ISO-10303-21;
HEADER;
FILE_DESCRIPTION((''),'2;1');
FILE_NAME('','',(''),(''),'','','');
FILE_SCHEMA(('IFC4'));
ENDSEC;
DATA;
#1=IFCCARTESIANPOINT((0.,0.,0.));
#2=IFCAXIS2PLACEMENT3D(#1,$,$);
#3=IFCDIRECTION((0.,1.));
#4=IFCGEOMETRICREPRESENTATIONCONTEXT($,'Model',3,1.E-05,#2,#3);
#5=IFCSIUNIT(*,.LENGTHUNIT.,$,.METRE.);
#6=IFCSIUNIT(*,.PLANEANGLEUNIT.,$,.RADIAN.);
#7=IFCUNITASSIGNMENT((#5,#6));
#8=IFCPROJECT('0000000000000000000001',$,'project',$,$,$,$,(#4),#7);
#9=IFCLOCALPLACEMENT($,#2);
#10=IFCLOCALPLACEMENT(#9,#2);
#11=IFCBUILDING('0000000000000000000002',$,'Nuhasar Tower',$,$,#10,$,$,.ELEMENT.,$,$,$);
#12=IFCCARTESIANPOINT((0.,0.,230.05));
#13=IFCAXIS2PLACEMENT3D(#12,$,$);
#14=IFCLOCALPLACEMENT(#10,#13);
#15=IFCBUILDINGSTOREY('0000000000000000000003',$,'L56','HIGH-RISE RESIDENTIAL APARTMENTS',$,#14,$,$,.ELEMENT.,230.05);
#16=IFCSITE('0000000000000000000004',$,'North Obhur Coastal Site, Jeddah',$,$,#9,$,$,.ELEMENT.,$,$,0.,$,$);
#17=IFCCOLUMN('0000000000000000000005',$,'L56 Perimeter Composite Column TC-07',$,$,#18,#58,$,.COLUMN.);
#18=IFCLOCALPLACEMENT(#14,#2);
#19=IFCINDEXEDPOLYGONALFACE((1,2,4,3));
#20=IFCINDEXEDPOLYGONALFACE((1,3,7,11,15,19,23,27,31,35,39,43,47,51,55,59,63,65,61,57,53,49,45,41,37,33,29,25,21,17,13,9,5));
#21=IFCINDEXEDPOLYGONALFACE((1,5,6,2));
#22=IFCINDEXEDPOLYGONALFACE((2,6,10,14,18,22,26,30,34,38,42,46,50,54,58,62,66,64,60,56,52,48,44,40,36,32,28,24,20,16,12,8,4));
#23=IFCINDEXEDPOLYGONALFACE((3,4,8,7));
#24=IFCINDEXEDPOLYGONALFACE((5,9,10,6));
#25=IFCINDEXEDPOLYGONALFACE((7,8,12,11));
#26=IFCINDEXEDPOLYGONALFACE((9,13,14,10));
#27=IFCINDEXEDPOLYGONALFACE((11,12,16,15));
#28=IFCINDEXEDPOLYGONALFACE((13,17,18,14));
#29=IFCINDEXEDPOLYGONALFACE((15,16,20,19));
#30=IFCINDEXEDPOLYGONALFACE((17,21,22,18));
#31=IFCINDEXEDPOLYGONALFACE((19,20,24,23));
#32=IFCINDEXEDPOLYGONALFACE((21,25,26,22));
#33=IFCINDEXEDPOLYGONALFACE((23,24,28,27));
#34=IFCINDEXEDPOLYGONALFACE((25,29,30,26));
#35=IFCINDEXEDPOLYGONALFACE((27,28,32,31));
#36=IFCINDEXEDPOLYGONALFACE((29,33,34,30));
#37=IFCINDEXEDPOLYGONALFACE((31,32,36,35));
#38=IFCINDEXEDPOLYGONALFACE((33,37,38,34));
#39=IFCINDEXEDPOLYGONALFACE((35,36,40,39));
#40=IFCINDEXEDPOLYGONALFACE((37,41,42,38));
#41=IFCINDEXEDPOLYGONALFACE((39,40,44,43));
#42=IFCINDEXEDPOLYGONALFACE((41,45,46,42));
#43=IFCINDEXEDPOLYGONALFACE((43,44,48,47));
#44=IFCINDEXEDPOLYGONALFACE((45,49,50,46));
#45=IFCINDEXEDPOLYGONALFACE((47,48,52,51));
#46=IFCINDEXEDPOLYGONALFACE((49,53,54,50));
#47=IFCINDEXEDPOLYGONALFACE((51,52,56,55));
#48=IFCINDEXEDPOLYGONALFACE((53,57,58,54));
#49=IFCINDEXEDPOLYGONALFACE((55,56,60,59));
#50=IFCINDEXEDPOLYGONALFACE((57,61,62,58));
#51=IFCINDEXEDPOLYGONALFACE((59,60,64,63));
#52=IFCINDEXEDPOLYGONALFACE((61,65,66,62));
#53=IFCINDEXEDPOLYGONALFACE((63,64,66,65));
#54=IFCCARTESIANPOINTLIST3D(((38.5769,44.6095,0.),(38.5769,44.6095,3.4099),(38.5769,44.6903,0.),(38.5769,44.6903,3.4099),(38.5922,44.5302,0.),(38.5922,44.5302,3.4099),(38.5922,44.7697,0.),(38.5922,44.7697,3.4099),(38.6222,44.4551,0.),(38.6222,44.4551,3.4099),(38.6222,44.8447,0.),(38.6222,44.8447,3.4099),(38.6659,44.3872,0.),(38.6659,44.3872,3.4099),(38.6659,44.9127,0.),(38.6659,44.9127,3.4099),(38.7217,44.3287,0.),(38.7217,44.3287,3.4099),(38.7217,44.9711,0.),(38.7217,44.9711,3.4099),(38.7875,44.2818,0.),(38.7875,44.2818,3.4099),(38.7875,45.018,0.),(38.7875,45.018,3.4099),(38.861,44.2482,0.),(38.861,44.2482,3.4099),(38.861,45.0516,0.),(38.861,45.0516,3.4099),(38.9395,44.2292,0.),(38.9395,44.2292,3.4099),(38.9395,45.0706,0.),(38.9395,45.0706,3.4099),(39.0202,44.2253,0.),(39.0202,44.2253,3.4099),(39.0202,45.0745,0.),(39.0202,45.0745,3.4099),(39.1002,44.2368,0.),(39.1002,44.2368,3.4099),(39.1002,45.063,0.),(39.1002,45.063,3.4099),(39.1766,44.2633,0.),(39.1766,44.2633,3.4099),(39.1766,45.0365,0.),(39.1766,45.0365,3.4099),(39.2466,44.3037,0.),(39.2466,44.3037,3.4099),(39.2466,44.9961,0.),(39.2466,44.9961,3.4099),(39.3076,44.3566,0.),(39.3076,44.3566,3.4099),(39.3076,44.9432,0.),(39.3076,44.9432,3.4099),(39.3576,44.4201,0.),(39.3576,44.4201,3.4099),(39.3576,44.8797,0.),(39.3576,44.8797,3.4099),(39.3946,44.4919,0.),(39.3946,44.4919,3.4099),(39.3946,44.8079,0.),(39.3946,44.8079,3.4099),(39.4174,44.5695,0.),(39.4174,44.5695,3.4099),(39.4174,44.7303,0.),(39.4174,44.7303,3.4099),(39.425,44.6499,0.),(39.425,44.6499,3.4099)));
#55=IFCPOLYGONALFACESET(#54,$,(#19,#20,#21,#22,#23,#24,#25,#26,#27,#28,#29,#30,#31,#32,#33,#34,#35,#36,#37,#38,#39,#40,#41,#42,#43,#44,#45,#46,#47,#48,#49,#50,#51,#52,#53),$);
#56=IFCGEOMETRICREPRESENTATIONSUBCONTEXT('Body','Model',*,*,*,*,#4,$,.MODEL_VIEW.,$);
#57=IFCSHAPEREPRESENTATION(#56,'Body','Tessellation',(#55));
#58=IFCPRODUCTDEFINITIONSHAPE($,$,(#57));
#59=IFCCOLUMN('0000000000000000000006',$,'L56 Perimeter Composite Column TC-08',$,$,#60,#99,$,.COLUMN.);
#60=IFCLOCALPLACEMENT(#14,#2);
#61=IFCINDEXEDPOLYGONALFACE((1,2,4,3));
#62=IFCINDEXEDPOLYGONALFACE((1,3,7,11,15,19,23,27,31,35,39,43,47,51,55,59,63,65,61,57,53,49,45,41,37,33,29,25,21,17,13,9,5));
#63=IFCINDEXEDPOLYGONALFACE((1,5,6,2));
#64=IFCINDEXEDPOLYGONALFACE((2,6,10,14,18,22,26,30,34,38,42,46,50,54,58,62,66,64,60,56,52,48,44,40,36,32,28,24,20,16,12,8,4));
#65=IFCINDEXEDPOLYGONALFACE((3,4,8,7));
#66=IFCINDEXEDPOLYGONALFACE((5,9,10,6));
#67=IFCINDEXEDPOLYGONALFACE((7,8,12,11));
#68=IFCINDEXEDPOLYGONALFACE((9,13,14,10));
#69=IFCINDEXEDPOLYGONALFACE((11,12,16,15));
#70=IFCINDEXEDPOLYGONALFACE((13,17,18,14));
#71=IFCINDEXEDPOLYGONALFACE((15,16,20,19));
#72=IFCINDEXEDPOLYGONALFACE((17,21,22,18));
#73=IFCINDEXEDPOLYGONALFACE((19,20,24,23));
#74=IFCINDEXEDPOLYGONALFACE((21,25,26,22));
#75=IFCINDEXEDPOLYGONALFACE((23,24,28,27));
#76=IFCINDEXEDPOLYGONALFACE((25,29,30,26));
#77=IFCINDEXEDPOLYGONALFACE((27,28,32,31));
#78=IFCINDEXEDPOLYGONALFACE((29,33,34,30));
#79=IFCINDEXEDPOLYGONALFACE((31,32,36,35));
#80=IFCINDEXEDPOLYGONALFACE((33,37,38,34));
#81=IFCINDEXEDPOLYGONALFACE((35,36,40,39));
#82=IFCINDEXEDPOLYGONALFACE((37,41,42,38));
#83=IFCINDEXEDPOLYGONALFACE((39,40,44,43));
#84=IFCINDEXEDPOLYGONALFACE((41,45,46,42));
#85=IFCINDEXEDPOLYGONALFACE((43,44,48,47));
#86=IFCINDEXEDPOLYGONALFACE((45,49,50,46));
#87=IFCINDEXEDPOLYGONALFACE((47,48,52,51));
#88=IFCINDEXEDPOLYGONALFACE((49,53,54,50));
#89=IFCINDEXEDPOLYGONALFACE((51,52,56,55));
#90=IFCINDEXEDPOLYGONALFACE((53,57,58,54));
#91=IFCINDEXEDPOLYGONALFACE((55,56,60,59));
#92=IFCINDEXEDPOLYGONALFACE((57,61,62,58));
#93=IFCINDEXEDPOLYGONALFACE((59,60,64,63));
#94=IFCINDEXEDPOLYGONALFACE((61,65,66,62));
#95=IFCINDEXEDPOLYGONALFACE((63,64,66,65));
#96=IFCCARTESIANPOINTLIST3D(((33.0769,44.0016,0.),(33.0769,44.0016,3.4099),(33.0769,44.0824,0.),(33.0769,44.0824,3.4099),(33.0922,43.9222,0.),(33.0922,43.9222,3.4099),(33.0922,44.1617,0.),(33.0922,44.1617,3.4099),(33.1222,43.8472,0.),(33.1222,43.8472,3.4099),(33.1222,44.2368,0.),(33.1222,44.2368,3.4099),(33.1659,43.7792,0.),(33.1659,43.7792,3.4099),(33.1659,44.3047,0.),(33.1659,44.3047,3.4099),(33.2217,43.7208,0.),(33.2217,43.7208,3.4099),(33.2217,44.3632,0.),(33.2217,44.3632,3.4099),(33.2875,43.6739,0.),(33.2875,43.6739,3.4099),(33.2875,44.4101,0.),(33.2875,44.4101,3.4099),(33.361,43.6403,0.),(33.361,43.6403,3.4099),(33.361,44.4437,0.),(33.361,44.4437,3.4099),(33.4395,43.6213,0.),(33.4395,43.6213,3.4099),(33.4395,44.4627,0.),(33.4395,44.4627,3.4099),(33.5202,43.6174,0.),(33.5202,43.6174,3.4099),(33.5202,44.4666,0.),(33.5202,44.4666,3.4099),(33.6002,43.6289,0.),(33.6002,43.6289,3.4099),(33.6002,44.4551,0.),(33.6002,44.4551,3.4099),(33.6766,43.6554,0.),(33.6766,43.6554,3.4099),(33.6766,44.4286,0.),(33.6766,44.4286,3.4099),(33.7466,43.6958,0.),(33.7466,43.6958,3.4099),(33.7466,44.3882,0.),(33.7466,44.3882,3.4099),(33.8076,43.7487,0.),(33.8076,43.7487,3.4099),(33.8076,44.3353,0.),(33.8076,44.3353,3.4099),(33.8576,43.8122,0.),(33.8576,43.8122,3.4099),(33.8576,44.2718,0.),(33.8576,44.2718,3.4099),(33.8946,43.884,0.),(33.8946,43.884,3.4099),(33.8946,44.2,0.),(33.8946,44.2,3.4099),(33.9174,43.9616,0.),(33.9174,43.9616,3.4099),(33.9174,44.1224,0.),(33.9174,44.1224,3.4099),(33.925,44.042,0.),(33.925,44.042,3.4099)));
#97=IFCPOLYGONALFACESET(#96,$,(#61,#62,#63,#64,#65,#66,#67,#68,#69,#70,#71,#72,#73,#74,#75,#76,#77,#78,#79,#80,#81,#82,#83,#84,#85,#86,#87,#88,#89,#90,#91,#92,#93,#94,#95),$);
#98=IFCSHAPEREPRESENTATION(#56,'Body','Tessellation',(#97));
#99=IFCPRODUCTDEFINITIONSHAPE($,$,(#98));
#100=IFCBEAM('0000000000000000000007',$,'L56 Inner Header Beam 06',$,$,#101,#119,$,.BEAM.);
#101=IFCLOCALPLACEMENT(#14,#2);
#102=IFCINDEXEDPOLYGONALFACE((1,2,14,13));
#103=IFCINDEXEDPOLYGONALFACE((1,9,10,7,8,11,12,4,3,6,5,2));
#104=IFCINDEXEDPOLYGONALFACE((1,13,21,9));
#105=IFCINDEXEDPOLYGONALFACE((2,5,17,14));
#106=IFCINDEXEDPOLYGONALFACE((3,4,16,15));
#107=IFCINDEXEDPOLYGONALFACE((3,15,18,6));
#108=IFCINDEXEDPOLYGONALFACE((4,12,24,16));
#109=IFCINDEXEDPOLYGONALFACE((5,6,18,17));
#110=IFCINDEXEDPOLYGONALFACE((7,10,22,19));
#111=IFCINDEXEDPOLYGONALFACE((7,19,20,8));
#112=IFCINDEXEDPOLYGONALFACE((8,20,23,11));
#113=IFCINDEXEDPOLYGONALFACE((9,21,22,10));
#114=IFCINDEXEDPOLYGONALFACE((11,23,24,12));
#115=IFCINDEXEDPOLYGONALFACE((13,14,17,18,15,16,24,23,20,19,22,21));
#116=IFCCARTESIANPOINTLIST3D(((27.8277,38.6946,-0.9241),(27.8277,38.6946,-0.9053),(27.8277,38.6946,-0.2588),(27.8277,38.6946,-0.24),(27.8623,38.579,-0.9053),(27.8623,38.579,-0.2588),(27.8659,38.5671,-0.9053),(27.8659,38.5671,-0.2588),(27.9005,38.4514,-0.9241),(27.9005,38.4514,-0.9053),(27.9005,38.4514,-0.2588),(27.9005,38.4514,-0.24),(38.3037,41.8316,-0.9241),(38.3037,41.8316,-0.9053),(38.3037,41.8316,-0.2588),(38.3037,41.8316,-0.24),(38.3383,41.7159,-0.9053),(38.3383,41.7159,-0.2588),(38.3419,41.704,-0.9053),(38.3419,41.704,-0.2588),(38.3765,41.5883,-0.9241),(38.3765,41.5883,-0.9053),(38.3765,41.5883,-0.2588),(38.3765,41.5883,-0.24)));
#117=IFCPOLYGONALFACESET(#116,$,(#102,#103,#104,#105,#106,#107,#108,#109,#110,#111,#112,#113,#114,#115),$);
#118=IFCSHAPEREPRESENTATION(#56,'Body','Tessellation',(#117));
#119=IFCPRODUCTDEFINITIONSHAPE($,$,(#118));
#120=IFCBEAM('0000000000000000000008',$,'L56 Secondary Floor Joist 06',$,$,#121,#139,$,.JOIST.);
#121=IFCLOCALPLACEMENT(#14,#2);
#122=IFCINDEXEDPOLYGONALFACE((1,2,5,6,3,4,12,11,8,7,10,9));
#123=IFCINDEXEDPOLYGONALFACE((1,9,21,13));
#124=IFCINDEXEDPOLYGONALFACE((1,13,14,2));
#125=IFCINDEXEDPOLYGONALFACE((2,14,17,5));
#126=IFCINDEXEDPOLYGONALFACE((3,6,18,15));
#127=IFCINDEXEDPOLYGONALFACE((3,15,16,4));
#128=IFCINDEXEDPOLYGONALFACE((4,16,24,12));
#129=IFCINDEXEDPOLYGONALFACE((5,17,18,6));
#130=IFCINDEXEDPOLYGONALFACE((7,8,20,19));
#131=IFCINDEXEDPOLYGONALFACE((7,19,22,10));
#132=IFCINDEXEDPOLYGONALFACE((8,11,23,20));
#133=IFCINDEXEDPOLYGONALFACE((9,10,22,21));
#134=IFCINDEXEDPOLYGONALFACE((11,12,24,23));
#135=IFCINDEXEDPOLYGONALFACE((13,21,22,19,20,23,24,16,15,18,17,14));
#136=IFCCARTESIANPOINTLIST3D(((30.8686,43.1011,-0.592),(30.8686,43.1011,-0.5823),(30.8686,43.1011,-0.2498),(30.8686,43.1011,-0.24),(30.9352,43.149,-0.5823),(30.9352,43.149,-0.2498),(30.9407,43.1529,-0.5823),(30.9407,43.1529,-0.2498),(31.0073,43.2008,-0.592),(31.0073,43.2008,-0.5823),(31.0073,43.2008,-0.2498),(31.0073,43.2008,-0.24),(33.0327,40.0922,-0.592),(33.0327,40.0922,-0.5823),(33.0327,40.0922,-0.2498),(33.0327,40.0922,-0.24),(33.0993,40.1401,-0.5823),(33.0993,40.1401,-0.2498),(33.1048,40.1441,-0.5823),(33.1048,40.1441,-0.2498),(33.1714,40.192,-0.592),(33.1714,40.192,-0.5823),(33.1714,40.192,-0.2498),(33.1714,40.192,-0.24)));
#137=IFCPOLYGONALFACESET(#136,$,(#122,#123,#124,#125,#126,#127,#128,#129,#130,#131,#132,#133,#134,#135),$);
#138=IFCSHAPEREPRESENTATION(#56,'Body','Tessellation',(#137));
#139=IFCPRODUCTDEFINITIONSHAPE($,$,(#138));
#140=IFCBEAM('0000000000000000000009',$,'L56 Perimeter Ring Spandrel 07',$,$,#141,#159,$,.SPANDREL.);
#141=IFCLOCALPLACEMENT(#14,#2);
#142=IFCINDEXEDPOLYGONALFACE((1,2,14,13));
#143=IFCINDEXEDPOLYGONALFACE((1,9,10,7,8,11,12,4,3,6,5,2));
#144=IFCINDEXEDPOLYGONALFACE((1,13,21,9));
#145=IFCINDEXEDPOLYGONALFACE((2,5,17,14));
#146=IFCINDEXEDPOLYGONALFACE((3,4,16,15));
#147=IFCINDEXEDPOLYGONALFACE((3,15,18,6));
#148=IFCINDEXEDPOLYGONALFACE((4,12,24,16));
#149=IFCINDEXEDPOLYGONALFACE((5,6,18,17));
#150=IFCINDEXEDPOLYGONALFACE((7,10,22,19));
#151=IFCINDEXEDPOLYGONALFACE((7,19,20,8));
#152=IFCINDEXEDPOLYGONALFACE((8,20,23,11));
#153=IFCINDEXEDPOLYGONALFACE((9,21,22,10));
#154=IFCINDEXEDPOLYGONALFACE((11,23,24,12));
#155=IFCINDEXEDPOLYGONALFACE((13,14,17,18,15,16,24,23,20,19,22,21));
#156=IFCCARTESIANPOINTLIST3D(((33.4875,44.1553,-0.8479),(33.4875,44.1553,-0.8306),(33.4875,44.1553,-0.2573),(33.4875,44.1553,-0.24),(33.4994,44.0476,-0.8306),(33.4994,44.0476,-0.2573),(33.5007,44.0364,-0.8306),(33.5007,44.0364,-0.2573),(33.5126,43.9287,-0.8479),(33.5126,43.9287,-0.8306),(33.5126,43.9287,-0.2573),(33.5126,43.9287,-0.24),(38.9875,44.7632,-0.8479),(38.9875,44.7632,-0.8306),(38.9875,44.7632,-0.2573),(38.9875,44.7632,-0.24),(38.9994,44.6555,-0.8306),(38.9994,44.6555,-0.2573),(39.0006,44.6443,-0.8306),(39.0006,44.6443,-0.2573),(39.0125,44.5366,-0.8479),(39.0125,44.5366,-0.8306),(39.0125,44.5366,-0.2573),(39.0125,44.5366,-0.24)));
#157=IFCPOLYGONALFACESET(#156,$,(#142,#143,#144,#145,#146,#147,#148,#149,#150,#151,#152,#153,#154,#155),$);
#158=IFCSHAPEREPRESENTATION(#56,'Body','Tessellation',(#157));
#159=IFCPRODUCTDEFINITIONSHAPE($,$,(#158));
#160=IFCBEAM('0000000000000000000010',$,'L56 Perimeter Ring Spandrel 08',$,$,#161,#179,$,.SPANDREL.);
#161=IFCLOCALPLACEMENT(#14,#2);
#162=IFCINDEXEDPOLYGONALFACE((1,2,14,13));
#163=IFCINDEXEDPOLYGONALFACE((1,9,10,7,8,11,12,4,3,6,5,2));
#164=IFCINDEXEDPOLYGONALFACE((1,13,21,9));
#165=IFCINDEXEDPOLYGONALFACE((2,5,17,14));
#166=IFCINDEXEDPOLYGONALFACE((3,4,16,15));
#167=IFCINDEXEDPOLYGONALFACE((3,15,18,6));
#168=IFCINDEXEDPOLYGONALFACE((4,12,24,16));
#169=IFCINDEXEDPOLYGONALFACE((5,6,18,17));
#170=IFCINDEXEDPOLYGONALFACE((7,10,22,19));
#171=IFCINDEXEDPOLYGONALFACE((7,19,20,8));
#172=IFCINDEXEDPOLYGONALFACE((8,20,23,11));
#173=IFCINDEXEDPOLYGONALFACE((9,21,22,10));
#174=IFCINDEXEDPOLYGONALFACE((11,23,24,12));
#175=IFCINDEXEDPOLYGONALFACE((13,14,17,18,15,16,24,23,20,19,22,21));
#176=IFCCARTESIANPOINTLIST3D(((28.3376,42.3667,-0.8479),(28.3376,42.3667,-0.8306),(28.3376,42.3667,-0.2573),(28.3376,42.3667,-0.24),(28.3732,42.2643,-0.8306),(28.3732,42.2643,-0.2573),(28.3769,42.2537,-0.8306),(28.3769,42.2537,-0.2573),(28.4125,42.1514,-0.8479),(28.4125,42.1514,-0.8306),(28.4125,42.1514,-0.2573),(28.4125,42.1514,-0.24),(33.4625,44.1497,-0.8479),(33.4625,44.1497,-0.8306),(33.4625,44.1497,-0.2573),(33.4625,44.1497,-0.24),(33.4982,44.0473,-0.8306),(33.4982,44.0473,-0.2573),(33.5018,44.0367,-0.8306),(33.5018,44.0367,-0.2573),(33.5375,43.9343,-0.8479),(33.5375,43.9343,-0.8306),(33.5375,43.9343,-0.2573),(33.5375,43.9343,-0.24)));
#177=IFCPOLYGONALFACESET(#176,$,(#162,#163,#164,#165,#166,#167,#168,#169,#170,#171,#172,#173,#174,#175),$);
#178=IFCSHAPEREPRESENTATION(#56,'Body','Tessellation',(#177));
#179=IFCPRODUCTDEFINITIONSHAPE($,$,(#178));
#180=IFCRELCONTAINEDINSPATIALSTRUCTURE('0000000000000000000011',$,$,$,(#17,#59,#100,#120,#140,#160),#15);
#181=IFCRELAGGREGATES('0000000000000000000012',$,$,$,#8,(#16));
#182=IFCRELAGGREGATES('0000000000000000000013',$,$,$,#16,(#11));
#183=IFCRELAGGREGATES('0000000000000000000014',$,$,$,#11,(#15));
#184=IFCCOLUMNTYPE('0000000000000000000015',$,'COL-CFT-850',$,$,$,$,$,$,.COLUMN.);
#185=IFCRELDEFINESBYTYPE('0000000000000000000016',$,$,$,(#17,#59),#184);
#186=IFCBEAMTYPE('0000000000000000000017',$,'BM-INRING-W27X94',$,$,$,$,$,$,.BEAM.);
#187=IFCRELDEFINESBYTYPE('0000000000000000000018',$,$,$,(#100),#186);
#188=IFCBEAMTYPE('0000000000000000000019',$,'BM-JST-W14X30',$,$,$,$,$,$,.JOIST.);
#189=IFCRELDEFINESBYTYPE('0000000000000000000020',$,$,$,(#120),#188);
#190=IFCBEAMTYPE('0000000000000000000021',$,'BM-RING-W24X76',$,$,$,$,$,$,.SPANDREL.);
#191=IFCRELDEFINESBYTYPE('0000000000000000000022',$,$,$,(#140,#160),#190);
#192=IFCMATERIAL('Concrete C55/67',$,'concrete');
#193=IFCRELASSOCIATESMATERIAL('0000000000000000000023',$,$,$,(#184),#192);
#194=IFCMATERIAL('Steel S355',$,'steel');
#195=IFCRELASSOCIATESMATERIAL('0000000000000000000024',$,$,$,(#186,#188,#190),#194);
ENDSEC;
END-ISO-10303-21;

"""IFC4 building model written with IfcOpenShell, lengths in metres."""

from ifc_helpers import new_model, si_unit, direction, frame, origin, origin_2d, place, context, subcontext, project, spatial, circle, i_section, extrude, material, material_profile, profile_set, type_object, element, save


model = new_model("IFC4")

# Units and contexts
model_context = context("Model", 3, precision=1e-05, world=origin(), true_north=direction((0.0, 1.0)))
body_context = subcontext(model_context, "Body", "Model", "MODEL_VIEW")
ifc_project = project(units=[si_unit("LENGTHUNIT", "METRE"), si_unit("PLANEANGLEUNIT", "RADIAN")], contexts=[model_context])

# Site, building, storey
site_placement = place(None, origin())
site = spatial("IfcSite", under=ifc_project, at=site_placement, Name="North Obhur Coastal Site, Jeddah", CompositionType="ELEMENT", RefElevation=0.0)
building_placement = place(site_placement, origin())
building = spatial("IfcBuilding", under=site, at=building_placement, Name="Nuhasar Tower", CompositionType="ELEMENT")
storey_placement = place(building_placement, frame((0.0, 0.0, 230.05)))
storey = spatial("IfcBuildingStorey", under=building, at=storey_placement, Name="L56", Description="HIGH-RISE RESIDENTIAL APARTMENTS", CompositionType="ELEMENT", Elevation=230.05)

# Columns
ifc_material_1 = material(Name="Concrete C55/67", Category="concrete")
ifc_material_profile_1 = material_profile(ifc_material_1, circle(Radius=0.425, at=origin_2d()), Name="CFT850")
ifc_profile_set_1 = profile_set([ifc_material_profile_1], Name="Concrete C55/67")
column_type = type_object("IfcColumnType", Name="COL-CFT-850", PredefinedType="COLUMN", material=ifc_profile_set_1)
for number, where, z_axis, x_axis, name in (
    (1, (39.0, 44.6499, 0.0), (0.0, 0.0, 1.0), (1.0, 0.0, 0.0), "L56 Perimeter Composite Column TC-07"),
    (2, (33.5, 44.042, 0.0), (0.0, 0.0, 1.0), (1.0, 0.0, 0.0), "L56 Perimeter Composite Column TC-08"),
):
    element("IfcColumn", number, at=place(storey_placement, frame(where, z_axis=z_axis, x_axis=x_axis)), inside=storey, type_object=column_type, Name=name, PredefinedType="COLUMN", context=body_context, shape_type="SweptSolid", body=[
        extrude(circle(Radius=0.425, at=origin_2d()), origin(), (0.0, 0.0, 1.0), 3.4099),
    ])

# Beams
ifc_material_2 = material(Name="Steel S355", Category="steel")
ifc_material_profile_2 = material_profile(ifc_material_2, i_section(OverallWidth=0.2539, OverallDepth=0.6841, WebThickness=0.0125, FlangeThickness=0.0188, at=origin_2d()), Name="W27X94")
ifc_profile_set_2 = profile_set([ifc_material_profile_2], Name="Steel S355")
beam_type_1 = type_object("IfcBeamType", Name="BM-INRING-W27X94", PredefinedType="BEAM", material=ifc_profile_set_2)
beam_1_placement = place(storey_placement, frame((38.3401, 41.71, -0.582), z_axis=(-0.957974, -0.286856, 0.0), x_axis=(0.286856, -0.957974, 0.0)))
element("IfcBeam", 3, at=beam_1_placement, inside=storey, type_object=beam_type_1, Name="L56 Inner Header Beam 06", PredefinedType="BEAM", context=body_context, shape_type="SweptSolid", body=[
    extrude(i_section(OverallWidth=0.2539, OverallDepth=0.6841, WebThickness=0.0125, FlangeThickness=0.0188, at=origin_2d()), origin(), (0.0, 0.0, 1.0), 10.9355),
])
ifc_material_profile_3 = material_profile(ifc_material_2, i_section(OverallWidth=0.1709, OverallDepth=0.3521, WebThickness=0.0068, FlangeThickness=0.0098, at=origin_2d()), Name="W14X30")
ifc_profile_set_3 = profile_set([ifc_material_profile_3], Name="Steel S355")
beam_type_2 = type_object("IfcBeamType", Name="BM-JST-W14X30", PredefinedType="JOIST", material=ifc_profile_set_3)
beam_2_placement = place(storey_placement, frame((33.1021, 40.1421, -0.416), z_axis=(-0.583902, 0.811824, 0.0), x_axis=(-0.811824, -0.583902, 0.0)))
element("IfcBeam", 4, at=beam_2_placement, inside=storey, type_object=beam_type_2, Name="L56 Secondary Floor Joist 06", PredefinedType="JOIST", context=body_context, shape_type="SweptSolid", body=[
    extrude(i_section(OverallWidth=0.1709, OverallDepth=0.3521, WebThickness=0.0068, FlangeThickness=0.0098, at=origin_2d()), origin(), (0.0, 0.0, 1.0), 3.7063),
])
ifc_material_profile_4 = material_profile(ifc_material_2, i_section(OverallWidth=0.228, OverallDepth=0.6079, WebThickness=0.0112, FlangeThickness=0.0173, at=origin_2d()), Name="W24X76")
ifc_profile_set_4 = profile_set([ifc_material_profile_4], Name="Steel S355")
beam_type_3 = type_object("IfcBeamType", Name="BM-RING-W24X76", PredefinedType="SPANDREL", material=ifc_profile_set_4)
beam_3_placement = place(storey_placement, frame((39.0, 44.6499, -0.5439), z_axis=(-0.993947, -0.10986, 0.0), x_axis=(0.10986, -0.993947, 0.0)))
element("IfcBeam", 5, at=beam_3_placement, inside=storey, type_object=beam_type_3, Name="L56 Perimeter Ring Spandrel 07", PredefinedType="SPANDREL", context=body_context, shape_type="SweptSolid", body=[
    extrude(i_section(OverallWidth=0.228, OverallDepth=0.6079, WebThickness=0.0112, FlangeThickness=0.0173, at=origin_2d()), origin(), (0.0, 0.0, 1.0), 5.5334),
])
beam_4_placement = place(storey_placement, frame((33.5, 44.042, -0.5439), z_axis=(-0.944477, -0.328578, 0.0), x_axis=(0.328578, -0.944477, 0.0)))
element("IfcBeam", 6, at=beam_4_placement, inside=storey, type_object=beam_type_3, Name="L56 Perimeter Ring Spandrel 08", PredefinedType="SPANDREL", context=body_context, shape_type="SweptSolid", body=[
    extrude(i_section(OverallWidth=0.228, OverallDepth=0.6079, WebThickness=0.0112, FlangeThickness=0.0173, at=origin_2d()), origin(), (0.0, 0.0, 1.0), 5.4263),
])

save(model, "model.ifc")
